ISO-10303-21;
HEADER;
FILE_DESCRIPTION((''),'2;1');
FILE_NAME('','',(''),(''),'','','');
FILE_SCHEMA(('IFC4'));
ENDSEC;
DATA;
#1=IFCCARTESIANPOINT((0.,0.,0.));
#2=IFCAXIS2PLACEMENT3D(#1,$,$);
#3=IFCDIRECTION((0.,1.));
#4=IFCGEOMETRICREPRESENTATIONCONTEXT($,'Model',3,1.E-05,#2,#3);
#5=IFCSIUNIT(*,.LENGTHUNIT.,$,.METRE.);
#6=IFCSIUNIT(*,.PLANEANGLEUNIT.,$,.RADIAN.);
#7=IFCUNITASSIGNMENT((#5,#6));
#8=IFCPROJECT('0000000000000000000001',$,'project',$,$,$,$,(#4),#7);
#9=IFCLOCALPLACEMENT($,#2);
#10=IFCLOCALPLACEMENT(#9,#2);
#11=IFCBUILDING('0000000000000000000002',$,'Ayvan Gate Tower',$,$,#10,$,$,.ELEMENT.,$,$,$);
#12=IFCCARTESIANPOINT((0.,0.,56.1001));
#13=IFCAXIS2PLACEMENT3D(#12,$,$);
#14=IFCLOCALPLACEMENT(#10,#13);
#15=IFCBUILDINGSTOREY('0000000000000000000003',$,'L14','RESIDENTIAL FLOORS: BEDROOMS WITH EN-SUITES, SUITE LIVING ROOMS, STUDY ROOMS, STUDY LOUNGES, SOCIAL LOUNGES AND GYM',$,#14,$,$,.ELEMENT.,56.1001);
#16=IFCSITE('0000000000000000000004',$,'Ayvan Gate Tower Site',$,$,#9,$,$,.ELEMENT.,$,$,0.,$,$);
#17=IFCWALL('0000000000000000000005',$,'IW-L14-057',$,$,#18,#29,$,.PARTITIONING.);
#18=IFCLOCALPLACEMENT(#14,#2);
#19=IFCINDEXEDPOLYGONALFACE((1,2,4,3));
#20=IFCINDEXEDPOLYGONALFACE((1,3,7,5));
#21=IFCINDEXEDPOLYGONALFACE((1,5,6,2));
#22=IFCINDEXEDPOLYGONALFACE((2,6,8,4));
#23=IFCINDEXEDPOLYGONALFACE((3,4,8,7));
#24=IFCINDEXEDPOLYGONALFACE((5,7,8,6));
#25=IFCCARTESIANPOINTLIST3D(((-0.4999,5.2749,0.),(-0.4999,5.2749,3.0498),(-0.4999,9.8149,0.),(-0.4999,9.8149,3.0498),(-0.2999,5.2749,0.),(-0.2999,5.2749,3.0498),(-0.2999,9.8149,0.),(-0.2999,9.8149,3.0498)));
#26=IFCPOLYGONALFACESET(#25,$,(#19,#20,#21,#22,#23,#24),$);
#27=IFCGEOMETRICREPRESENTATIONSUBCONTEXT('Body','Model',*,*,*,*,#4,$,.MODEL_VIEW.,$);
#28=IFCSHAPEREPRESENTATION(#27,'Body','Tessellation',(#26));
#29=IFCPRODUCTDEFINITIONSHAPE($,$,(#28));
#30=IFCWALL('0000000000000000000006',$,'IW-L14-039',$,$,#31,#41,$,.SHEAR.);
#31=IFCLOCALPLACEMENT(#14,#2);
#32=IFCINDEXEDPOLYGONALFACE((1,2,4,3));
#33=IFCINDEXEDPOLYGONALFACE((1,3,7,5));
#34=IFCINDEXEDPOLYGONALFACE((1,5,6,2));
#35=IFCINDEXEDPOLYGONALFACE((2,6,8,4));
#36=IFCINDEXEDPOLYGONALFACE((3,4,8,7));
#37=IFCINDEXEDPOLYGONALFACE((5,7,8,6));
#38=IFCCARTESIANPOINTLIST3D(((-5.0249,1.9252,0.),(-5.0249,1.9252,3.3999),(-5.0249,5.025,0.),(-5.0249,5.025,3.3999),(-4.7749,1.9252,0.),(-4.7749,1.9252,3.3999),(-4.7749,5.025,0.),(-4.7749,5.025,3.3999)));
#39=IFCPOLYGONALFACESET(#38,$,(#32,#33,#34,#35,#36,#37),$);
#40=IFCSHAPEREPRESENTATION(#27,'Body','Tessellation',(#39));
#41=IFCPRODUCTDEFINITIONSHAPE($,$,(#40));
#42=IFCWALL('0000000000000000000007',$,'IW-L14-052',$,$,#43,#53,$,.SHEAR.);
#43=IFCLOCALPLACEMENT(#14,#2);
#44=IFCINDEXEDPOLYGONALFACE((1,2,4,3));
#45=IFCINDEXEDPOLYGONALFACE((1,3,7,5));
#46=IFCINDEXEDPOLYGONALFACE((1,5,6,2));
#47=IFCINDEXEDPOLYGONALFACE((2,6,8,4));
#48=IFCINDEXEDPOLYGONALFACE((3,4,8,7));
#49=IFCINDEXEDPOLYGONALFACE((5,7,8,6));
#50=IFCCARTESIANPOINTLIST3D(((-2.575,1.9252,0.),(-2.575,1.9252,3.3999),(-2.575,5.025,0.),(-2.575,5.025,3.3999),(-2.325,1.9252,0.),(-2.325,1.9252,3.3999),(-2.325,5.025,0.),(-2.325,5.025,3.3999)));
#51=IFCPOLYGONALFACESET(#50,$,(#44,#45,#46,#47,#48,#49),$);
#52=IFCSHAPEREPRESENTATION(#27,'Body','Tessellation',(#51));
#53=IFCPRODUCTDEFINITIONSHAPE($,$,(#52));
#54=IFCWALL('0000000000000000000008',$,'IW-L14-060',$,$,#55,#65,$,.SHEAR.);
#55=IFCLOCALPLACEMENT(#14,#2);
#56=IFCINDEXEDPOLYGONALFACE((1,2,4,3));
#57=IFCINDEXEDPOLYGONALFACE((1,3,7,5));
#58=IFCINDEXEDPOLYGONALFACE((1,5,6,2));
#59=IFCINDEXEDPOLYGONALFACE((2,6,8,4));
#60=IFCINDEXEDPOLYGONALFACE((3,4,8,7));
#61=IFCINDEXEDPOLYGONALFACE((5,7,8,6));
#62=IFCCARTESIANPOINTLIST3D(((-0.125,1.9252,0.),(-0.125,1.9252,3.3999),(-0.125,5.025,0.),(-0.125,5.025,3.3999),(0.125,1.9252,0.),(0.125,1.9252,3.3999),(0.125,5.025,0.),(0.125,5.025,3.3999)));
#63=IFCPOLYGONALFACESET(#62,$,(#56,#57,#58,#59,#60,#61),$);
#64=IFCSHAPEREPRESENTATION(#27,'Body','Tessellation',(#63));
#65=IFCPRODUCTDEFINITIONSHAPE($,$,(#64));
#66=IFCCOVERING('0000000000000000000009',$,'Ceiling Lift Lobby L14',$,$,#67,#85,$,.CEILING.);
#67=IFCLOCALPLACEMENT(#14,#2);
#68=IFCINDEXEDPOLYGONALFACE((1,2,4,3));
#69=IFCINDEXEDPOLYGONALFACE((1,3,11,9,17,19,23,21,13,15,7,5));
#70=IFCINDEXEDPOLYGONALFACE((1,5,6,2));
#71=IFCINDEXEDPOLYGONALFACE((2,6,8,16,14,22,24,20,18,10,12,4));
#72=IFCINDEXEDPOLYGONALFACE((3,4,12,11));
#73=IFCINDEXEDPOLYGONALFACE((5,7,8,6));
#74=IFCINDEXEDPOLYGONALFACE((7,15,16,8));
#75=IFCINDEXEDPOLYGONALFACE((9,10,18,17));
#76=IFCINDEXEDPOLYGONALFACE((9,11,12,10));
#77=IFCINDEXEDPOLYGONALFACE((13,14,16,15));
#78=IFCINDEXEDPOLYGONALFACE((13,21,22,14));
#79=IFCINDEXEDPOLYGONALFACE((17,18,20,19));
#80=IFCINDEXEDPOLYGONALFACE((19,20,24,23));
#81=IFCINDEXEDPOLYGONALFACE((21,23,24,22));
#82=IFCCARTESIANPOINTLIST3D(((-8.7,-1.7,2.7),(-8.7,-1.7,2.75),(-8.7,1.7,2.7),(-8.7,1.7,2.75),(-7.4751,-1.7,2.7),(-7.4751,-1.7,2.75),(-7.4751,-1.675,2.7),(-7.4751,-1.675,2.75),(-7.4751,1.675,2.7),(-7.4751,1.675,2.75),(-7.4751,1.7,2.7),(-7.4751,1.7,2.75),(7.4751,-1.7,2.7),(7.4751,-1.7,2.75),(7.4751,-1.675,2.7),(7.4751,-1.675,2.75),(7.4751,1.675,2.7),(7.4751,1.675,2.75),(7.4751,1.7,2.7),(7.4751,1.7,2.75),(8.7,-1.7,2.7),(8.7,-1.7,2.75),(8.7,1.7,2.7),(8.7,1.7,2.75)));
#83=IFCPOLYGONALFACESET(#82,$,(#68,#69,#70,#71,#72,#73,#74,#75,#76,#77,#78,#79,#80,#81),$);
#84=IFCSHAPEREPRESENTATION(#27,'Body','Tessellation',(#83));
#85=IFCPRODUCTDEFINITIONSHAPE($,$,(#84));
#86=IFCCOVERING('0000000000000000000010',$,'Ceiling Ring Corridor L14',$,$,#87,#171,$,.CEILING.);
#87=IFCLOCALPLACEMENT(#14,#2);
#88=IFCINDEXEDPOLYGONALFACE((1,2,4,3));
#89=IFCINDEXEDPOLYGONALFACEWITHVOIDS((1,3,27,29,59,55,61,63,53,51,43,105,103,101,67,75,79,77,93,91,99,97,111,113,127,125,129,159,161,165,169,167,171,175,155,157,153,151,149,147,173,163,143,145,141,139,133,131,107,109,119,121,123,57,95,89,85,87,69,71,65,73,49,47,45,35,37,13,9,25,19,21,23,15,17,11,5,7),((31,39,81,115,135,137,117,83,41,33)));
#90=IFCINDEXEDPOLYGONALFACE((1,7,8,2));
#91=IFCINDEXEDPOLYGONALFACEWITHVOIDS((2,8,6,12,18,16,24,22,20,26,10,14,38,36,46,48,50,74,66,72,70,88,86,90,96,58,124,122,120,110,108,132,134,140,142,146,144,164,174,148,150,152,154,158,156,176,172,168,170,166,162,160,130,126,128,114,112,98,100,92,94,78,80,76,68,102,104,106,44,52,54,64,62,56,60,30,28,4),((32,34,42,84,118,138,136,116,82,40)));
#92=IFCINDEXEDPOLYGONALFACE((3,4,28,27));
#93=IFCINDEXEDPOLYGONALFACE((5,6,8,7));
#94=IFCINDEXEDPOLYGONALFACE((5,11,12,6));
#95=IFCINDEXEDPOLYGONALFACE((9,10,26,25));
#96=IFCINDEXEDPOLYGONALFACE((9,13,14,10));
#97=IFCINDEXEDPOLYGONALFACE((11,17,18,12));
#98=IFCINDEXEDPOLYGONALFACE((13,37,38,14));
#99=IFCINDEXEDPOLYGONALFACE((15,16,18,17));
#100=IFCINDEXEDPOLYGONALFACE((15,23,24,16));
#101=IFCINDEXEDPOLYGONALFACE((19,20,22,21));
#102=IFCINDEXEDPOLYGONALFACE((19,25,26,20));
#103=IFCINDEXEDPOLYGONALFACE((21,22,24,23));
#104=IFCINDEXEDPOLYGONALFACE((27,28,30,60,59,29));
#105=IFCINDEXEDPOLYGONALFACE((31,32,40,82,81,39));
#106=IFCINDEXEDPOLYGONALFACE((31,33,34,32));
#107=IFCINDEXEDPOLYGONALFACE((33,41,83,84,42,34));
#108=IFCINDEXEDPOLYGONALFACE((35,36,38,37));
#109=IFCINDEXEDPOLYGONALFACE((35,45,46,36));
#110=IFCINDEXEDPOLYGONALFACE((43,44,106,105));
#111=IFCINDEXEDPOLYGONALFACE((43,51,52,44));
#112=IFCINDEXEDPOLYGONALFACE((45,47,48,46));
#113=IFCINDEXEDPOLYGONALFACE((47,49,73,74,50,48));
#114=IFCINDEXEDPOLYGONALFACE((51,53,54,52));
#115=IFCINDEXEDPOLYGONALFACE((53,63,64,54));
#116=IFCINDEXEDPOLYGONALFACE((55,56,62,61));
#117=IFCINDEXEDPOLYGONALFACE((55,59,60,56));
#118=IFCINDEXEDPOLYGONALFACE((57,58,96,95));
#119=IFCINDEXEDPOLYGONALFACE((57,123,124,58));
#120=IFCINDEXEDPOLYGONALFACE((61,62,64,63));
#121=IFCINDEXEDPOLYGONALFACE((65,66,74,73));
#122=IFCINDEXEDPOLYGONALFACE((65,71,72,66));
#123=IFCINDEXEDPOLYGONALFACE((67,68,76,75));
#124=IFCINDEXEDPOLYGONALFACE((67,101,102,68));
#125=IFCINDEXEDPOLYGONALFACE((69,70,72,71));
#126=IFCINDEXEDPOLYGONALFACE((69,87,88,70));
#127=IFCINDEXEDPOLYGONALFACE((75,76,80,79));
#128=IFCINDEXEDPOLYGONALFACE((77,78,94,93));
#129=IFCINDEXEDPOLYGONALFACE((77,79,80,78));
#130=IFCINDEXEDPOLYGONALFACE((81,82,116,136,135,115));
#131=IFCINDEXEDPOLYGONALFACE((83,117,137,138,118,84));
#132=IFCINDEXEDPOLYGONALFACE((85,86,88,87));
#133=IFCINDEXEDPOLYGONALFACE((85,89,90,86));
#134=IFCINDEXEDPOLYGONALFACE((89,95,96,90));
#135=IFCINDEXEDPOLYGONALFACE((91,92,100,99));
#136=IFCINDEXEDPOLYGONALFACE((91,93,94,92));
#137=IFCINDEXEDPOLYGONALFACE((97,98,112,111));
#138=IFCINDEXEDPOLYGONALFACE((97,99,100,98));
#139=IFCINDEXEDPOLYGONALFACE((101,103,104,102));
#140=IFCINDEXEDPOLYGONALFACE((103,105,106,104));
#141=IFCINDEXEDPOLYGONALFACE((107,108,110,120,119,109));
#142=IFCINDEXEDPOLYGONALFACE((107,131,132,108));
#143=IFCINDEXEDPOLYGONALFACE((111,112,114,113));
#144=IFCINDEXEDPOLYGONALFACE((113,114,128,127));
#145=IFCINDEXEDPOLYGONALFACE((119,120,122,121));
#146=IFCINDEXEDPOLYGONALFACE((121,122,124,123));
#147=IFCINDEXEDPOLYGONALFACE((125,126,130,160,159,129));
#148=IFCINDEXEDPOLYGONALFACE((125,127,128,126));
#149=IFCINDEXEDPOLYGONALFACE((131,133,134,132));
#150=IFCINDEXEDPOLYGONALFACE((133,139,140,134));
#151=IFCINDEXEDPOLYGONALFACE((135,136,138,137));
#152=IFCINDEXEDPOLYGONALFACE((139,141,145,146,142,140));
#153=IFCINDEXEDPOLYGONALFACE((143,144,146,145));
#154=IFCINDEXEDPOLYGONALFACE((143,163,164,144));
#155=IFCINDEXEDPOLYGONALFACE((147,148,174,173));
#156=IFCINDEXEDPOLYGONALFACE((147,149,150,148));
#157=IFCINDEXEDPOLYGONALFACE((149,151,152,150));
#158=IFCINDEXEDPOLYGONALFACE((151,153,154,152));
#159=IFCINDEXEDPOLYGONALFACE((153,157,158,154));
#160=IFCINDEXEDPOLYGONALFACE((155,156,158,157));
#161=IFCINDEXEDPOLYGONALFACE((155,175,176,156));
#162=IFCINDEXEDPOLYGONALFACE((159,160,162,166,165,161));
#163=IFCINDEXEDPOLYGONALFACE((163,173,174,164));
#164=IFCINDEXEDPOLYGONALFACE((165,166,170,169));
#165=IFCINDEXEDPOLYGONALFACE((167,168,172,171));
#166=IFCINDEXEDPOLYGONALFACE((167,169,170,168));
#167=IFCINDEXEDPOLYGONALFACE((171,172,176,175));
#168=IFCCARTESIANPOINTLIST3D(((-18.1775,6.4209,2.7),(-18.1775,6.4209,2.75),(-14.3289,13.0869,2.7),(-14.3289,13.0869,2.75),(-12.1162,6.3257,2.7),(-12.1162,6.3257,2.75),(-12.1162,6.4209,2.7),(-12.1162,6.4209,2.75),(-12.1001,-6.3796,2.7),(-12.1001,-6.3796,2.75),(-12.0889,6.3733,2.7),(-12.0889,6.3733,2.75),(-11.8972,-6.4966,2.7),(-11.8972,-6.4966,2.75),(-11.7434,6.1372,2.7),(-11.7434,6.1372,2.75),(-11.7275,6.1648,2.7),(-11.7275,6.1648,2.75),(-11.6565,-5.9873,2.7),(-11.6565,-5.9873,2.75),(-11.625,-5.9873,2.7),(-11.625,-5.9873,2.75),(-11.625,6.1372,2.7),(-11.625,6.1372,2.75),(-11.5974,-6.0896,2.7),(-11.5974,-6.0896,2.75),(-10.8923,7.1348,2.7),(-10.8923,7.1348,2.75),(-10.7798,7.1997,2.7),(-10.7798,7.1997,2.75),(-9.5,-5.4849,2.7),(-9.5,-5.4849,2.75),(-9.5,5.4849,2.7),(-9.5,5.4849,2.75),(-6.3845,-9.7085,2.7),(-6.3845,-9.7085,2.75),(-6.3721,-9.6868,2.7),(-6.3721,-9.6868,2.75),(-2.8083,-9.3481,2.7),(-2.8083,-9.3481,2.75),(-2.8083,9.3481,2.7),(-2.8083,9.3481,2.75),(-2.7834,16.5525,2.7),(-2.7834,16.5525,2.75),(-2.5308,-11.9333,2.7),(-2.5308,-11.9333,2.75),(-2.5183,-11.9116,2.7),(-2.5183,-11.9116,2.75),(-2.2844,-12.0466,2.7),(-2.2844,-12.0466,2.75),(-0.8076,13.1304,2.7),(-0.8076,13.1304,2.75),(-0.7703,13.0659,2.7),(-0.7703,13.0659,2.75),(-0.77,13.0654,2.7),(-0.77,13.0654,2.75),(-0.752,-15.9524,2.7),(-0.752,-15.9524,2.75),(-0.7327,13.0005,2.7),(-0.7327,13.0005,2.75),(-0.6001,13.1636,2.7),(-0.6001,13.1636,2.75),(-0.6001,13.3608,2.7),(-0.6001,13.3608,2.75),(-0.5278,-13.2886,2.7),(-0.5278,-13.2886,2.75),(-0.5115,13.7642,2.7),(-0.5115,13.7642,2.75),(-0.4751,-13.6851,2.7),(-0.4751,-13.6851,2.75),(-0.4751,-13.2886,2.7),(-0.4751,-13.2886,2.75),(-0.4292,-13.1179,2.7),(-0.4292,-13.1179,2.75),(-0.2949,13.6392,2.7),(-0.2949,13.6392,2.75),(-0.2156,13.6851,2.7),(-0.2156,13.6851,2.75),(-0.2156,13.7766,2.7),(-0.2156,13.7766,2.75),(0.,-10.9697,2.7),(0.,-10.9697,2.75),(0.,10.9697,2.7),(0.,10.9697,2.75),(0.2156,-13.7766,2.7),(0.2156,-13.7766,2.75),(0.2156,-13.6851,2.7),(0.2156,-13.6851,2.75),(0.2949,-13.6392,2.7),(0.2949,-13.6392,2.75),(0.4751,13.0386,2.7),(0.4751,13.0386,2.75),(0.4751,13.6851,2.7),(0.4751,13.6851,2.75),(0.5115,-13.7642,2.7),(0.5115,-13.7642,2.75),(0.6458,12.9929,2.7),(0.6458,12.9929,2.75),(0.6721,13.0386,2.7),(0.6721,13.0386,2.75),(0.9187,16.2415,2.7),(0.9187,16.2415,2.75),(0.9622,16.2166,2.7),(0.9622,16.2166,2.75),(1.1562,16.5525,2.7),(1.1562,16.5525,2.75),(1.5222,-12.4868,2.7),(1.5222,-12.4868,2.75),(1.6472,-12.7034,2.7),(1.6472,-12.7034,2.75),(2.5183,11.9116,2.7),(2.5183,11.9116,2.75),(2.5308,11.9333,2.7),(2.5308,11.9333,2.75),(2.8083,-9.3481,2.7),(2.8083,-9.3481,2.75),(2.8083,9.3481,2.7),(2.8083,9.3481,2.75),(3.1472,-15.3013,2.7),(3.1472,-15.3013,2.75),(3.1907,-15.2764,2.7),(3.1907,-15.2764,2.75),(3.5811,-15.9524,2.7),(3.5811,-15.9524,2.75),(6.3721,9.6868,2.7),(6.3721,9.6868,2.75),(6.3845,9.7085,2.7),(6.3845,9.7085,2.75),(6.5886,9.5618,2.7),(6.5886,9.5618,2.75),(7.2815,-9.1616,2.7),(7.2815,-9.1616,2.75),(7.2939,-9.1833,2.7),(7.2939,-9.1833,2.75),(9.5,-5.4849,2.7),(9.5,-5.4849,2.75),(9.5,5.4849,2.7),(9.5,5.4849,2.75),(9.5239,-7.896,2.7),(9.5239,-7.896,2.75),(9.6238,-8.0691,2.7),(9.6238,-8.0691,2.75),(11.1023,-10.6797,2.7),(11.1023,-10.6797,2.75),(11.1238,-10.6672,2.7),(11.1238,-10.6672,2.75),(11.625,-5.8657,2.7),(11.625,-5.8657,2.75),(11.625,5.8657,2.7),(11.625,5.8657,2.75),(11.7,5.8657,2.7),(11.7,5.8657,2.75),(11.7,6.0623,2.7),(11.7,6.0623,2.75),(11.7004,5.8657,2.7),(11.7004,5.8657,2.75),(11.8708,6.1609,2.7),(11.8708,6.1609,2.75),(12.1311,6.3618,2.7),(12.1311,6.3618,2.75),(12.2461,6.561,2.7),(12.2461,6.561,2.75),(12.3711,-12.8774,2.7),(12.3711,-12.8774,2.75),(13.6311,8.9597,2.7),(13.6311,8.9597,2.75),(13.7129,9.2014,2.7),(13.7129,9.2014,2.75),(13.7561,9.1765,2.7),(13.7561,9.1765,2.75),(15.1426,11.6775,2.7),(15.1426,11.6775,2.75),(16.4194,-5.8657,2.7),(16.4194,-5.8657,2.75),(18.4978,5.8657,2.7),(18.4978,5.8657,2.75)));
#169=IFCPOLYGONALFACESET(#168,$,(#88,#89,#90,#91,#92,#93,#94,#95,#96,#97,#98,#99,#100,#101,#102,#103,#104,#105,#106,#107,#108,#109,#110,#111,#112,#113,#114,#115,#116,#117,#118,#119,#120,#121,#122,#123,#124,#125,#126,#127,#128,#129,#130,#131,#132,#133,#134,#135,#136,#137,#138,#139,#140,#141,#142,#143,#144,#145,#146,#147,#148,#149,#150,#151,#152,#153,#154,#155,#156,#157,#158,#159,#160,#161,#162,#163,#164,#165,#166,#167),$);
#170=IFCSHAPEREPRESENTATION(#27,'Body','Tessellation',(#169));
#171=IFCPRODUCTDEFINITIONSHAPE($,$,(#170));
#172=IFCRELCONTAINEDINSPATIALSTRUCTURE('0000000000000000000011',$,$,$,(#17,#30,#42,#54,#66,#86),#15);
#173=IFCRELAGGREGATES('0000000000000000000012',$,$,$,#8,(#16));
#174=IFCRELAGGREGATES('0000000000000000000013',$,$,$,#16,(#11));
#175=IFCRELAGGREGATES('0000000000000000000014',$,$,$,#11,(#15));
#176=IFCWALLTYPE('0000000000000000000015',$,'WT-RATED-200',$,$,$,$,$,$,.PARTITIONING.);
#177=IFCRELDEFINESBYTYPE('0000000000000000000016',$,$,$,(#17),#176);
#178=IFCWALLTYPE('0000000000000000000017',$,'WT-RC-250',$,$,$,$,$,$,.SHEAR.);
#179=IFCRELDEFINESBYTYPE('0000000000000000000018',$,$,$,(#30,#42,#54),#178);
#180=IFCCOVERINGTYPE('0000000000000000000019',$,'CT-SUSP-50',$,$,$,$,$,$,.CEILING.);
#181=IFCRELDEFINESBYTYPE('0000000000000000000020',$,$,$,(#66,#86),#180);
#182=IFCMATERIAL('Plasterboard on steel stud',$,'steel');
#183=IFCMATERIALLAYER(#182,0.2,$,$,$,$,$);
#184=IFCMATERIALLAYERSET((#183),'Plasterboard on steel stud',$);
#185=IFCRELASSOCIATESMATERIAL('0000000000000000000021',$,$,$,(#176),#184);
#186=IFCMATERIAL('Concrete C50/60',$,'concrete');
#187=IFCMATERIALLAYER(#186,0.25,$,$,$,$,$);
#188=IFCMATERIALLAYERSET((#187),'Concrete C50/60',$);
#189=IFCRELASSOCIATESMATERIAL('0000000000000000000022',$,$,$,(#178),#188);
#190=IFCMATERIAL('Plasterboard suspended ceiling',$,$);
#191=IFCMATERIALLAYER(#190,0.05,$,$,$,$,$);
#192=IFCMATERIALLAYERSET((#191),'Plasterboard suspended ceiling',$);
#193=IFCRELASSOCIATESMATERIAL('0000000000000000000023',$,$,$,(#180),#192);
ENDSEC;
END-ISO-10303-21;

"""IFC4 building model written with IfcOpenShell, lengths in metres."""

from ifc_helpers import new_model, si_unit, direction, frame, frame_2d, origin, place, context, subcontext, project, spatial, polyline, rectangle, outline, extrude, material, layer, layer_set, type_object, element, save


model = new_model("IFC4")

# Units and contexts
model_context = context("Model", 3, precision=1e-05, world=origin(), true_north=direction((0.0, 1.0)))
body_context = subcontext(model_context, "Body", "Model", "MODEL_VIEW")
ifc_project = project(units=[si_unit("LENGTHUNIT", "METRE"), si_unit("PLANEANGLEUNIT", "RADIAN")], contexts=[model_context])

# Site, building, storey
site_placement = place(None, origin())
site = spatial("IfcSite", under=ifc_project, at=site_placement, Name="Ayvan Gate Tower Site", CompositionType="ELEMENT", RefElevation=0.0)
building_placement = place(site_placement, origin())
building = spatial("IfcBuilding", under=site, at=building_placement, Name="Ayvan Gate Tower", CompositionType="ELEMENT")
storey_placement = place(building_placement, frame((0.0, 0.0, 56.1001)))
storey = spatial("IfcBuildingStorey", under=building, at=storey_placement, Name="L14", Description="RESIDENTIAL FLOORS: BEDROOMS WITH EN-SUITES, SUITE LIVING ROOMS, STUDY ROOMS, STUDY LOUNGES, SOCIAL LOUNGES AND GYM", CompositionType="ELEMENT", Elevation=56.1001)

# Walls
ifc_material_1 = material(Name="Plasterboard on steel stud", Category="steel")
ifc_layer_1 = layer(ifc_material_1, 0.2)
ifc_layer_set_1 = layer_set([ifc_layer_1], Name="Plasterboard on steel stud")
wall_type_1 = type_object("IfcWallType", Name="WT-RATED-200", PredefinedType="PARTITIONING", material=ifc_layer_set_1)
wall_1_placement = place(storey_placement, frame((-0.3999, 9.8149, 0.0), z_axis=(0.0, 0.0, 1.0), x_axis=(0.0, -1.0, 0.0)))
element("IfcWall", 1, at=wall_1_placement, inside=storey, type_object=wall_type_1, Name="IW-L14-057", PredefinedType="PARTITIONING", context=body_context, shape_type="SweptSolid", body=[
    extrude(rectangle(XDim=4.54, YDim=0.2, at=frame_2d((2.27, 0.0))), origin(), (0.0, 0.0, 1.0), 3.0498),
])
ifc_material_2 = material(Name="Concrete C50/60", Category="concrete")
ifc_layer_2 = layer(ifc_material_2, 0.25)
ifc_layer_set_2 = layer_set([ifc_layer_2], Name="Concrete C50/60")
wall_type_2 = type_object("IfcWallType", Name="WT-RC-250", PredefinedType="SHEAR", material=ifc_layer_set_2)
for number, where, z_axis, x_axis, name in (
    (2, (-4.8999, 5.0249, 0.0), (0.0, 0.0, 1.0), (0.0, -1.0, 0.0), "IW-L14-039"),
    (3, (-2.45, 5.0249, 0.0), (0.0, 0.0, 1.0), (0.0, -1.0, 0.0), "IW-L14-052"),
    (4, (0.0, 5.0249, 0.0), (0.0, 0.0, 1.0), (0.0, -1.0, 0.0), "IW-L14-060"),
):
    element("IfcWall", number, at=place(storey_placement, frame(where, z_axis=z_axis, x_axis=x_axis)), inside=storey, type_object=wall_type_2, Name=name, PredefinedType="SHEAR", context=body_context, shape_type="SweptSolid", body=[
        extrude(rectangle(XDim=3.0999, YDim=0.25, at=frame_2d((1.5498, 0.0))), origin(), (0.0, 0.0, 1.0), 3.3999),
    ])

# Coverings
ifc_material_3 = material(Name="Plasterboard suspended ceiling")
ifc_layer_3 = layer(ifc_material_3, 0.05)
ifc_layer_set_3 = layer_set([ifc_layer_3], Name="Plasterboard suspended ceiling")
covering_type = type_object("IfcCoveringType", Name="CT-SUSP-50", PredefinedType="CEILING", material=ifc_layer_set_3)
covering_1_placement = place(storey_placement, frame((0.0, 0.0, 2.7)))
element("IfcCovering", 5, at=covering_1_placement, inside=storey, type_object=covering_type, Name="Ceiling Lift Lobby L14", PredefinedType="CEILING", context=body_context, shape_type="SweptSolid", body=[
    extrude(outline(polyline([(7.4751, -1.675), (-7.4751, -1.675), (-7.4751, -1.7), (-8.7, -1.7), (-8.7, 1.7), (-7.4751, 1.7), (-7.4751, 1.675), (7.4751, 1.675), (7.4751, 1.7), (8.7, 1.7), (8.7, -1.7), (7.4751, -1.7), (7.4751, -1.675)])), origin(), (0.0, 0.0, 1.0), 0.05),
])
covering_2_placement = place(storey_placement, frame((0.0, 0.0, 2.7)))
element("IfcCovering", 6, at=covering_2_placement, inside=storey, type_object=covering_type, Name="Ceiling Ring Corridor L14", PredefinedType="CEILING", context=body_context, shape_type="SweptSolid", body=[
    extrude(outline(polyline([(-12.1162, 6.4209), (-18.1775, 6.4209), (-14.3289, 13.0869), (-10.8923, 7.1348), (-10.7798, 7.1997), (-0.7327, 13.0005), (-0.77, 13.0654), (-0.6001, 13.1636), (-0.6001, 13.3608), (-0.7703, 13.0659), (-0.8076, 13.1304), (-2.7834, 16.5525), (1.1562, 16.5525), (0.9622, 16.2166), (0.9187, 16.2415), (-0.5115, 13.7642), (-0.2949, 13.6392), (-0.2156, 13.7766), (-0.2156, 13.6851), (0.4751, 13.6851), (0.4751, 13.0386), (0.6721, 13.0386), (0.6458, 12.9929), (2.5183, 11.9116), (2.5308, 11.9333), (6.3845, 9.7085), (6.3721, 9.6868), (6.5886, 9.5618), (12.1311, 6.3618), (12.2461, 6.561), (13.6311, 8.9597), (13.7561, 9.1765), (13.7129, 9.2014), (15.1426, 11.6775), (18.4978, 5.8657), (11.7004, 5.8657), (11.8708, 6.1609), (11.7, 6.0623), (11.7, 5.8657), (11.625, 5.8657), (11.625, -5.8657), (16.4194, -5.8657), (12.3711, -12.8774), (11.1023, -10.6797), (11.1238, -10.6672), (9.6238, -8.0691), (9.5239, -7.896), (7.2939, -9.1833), (7.2815, -9.1616), (1.5222, -12.4868), (1.6472, -12.7034), (3.1472, -15.3013), (3.1907, -15.2764), (3.5811, -15.9524), (-0.752, -15.9524), (0.5115, -13.7642), (0.2949, -13.6392), (0.2156, -13.7766), (0.2156, -13.6851), (-0.4751, -13.6851), (-0.4751, -13.2886), (-0.5278, -13.2886), (-0.4292, -13.1179), (-2.2844, -12.0466), (-2.5183, -11.9116), (-2.5308, -11.9333), (-6.3845, -9.7085), (-6.3721, -9.6868), (-11.8972, -6.4966), (-12.1001, -6.3796), (-11.5974, -6.0896), (-11.6565, -5.9873), (-11.625, -5.9873), (-11.625, 6.1372), (-11.7434, 6.1372), (-11.7275, 6.1648), (-12.0889, 6.3733), (-12.1162, 6.3257), (-12.1162, 6.4209)]), holes=[polyline([(2.8083, 9.3481), (0.0, 10.9697), (-2.8083, 9.3481), (-9.5, 5.4849), (-9.5, -5.4849), (-2.8083, -9.3481), (0.0, -10.9697), (2.8083, -9.3481), (9.5, -5.4849), (9.5, 5.4849), (2.8083, 9.3481)])]), origin(), (0.0, 0.0, 1.0), 0.05),
])

save(model, "model.ifc")
